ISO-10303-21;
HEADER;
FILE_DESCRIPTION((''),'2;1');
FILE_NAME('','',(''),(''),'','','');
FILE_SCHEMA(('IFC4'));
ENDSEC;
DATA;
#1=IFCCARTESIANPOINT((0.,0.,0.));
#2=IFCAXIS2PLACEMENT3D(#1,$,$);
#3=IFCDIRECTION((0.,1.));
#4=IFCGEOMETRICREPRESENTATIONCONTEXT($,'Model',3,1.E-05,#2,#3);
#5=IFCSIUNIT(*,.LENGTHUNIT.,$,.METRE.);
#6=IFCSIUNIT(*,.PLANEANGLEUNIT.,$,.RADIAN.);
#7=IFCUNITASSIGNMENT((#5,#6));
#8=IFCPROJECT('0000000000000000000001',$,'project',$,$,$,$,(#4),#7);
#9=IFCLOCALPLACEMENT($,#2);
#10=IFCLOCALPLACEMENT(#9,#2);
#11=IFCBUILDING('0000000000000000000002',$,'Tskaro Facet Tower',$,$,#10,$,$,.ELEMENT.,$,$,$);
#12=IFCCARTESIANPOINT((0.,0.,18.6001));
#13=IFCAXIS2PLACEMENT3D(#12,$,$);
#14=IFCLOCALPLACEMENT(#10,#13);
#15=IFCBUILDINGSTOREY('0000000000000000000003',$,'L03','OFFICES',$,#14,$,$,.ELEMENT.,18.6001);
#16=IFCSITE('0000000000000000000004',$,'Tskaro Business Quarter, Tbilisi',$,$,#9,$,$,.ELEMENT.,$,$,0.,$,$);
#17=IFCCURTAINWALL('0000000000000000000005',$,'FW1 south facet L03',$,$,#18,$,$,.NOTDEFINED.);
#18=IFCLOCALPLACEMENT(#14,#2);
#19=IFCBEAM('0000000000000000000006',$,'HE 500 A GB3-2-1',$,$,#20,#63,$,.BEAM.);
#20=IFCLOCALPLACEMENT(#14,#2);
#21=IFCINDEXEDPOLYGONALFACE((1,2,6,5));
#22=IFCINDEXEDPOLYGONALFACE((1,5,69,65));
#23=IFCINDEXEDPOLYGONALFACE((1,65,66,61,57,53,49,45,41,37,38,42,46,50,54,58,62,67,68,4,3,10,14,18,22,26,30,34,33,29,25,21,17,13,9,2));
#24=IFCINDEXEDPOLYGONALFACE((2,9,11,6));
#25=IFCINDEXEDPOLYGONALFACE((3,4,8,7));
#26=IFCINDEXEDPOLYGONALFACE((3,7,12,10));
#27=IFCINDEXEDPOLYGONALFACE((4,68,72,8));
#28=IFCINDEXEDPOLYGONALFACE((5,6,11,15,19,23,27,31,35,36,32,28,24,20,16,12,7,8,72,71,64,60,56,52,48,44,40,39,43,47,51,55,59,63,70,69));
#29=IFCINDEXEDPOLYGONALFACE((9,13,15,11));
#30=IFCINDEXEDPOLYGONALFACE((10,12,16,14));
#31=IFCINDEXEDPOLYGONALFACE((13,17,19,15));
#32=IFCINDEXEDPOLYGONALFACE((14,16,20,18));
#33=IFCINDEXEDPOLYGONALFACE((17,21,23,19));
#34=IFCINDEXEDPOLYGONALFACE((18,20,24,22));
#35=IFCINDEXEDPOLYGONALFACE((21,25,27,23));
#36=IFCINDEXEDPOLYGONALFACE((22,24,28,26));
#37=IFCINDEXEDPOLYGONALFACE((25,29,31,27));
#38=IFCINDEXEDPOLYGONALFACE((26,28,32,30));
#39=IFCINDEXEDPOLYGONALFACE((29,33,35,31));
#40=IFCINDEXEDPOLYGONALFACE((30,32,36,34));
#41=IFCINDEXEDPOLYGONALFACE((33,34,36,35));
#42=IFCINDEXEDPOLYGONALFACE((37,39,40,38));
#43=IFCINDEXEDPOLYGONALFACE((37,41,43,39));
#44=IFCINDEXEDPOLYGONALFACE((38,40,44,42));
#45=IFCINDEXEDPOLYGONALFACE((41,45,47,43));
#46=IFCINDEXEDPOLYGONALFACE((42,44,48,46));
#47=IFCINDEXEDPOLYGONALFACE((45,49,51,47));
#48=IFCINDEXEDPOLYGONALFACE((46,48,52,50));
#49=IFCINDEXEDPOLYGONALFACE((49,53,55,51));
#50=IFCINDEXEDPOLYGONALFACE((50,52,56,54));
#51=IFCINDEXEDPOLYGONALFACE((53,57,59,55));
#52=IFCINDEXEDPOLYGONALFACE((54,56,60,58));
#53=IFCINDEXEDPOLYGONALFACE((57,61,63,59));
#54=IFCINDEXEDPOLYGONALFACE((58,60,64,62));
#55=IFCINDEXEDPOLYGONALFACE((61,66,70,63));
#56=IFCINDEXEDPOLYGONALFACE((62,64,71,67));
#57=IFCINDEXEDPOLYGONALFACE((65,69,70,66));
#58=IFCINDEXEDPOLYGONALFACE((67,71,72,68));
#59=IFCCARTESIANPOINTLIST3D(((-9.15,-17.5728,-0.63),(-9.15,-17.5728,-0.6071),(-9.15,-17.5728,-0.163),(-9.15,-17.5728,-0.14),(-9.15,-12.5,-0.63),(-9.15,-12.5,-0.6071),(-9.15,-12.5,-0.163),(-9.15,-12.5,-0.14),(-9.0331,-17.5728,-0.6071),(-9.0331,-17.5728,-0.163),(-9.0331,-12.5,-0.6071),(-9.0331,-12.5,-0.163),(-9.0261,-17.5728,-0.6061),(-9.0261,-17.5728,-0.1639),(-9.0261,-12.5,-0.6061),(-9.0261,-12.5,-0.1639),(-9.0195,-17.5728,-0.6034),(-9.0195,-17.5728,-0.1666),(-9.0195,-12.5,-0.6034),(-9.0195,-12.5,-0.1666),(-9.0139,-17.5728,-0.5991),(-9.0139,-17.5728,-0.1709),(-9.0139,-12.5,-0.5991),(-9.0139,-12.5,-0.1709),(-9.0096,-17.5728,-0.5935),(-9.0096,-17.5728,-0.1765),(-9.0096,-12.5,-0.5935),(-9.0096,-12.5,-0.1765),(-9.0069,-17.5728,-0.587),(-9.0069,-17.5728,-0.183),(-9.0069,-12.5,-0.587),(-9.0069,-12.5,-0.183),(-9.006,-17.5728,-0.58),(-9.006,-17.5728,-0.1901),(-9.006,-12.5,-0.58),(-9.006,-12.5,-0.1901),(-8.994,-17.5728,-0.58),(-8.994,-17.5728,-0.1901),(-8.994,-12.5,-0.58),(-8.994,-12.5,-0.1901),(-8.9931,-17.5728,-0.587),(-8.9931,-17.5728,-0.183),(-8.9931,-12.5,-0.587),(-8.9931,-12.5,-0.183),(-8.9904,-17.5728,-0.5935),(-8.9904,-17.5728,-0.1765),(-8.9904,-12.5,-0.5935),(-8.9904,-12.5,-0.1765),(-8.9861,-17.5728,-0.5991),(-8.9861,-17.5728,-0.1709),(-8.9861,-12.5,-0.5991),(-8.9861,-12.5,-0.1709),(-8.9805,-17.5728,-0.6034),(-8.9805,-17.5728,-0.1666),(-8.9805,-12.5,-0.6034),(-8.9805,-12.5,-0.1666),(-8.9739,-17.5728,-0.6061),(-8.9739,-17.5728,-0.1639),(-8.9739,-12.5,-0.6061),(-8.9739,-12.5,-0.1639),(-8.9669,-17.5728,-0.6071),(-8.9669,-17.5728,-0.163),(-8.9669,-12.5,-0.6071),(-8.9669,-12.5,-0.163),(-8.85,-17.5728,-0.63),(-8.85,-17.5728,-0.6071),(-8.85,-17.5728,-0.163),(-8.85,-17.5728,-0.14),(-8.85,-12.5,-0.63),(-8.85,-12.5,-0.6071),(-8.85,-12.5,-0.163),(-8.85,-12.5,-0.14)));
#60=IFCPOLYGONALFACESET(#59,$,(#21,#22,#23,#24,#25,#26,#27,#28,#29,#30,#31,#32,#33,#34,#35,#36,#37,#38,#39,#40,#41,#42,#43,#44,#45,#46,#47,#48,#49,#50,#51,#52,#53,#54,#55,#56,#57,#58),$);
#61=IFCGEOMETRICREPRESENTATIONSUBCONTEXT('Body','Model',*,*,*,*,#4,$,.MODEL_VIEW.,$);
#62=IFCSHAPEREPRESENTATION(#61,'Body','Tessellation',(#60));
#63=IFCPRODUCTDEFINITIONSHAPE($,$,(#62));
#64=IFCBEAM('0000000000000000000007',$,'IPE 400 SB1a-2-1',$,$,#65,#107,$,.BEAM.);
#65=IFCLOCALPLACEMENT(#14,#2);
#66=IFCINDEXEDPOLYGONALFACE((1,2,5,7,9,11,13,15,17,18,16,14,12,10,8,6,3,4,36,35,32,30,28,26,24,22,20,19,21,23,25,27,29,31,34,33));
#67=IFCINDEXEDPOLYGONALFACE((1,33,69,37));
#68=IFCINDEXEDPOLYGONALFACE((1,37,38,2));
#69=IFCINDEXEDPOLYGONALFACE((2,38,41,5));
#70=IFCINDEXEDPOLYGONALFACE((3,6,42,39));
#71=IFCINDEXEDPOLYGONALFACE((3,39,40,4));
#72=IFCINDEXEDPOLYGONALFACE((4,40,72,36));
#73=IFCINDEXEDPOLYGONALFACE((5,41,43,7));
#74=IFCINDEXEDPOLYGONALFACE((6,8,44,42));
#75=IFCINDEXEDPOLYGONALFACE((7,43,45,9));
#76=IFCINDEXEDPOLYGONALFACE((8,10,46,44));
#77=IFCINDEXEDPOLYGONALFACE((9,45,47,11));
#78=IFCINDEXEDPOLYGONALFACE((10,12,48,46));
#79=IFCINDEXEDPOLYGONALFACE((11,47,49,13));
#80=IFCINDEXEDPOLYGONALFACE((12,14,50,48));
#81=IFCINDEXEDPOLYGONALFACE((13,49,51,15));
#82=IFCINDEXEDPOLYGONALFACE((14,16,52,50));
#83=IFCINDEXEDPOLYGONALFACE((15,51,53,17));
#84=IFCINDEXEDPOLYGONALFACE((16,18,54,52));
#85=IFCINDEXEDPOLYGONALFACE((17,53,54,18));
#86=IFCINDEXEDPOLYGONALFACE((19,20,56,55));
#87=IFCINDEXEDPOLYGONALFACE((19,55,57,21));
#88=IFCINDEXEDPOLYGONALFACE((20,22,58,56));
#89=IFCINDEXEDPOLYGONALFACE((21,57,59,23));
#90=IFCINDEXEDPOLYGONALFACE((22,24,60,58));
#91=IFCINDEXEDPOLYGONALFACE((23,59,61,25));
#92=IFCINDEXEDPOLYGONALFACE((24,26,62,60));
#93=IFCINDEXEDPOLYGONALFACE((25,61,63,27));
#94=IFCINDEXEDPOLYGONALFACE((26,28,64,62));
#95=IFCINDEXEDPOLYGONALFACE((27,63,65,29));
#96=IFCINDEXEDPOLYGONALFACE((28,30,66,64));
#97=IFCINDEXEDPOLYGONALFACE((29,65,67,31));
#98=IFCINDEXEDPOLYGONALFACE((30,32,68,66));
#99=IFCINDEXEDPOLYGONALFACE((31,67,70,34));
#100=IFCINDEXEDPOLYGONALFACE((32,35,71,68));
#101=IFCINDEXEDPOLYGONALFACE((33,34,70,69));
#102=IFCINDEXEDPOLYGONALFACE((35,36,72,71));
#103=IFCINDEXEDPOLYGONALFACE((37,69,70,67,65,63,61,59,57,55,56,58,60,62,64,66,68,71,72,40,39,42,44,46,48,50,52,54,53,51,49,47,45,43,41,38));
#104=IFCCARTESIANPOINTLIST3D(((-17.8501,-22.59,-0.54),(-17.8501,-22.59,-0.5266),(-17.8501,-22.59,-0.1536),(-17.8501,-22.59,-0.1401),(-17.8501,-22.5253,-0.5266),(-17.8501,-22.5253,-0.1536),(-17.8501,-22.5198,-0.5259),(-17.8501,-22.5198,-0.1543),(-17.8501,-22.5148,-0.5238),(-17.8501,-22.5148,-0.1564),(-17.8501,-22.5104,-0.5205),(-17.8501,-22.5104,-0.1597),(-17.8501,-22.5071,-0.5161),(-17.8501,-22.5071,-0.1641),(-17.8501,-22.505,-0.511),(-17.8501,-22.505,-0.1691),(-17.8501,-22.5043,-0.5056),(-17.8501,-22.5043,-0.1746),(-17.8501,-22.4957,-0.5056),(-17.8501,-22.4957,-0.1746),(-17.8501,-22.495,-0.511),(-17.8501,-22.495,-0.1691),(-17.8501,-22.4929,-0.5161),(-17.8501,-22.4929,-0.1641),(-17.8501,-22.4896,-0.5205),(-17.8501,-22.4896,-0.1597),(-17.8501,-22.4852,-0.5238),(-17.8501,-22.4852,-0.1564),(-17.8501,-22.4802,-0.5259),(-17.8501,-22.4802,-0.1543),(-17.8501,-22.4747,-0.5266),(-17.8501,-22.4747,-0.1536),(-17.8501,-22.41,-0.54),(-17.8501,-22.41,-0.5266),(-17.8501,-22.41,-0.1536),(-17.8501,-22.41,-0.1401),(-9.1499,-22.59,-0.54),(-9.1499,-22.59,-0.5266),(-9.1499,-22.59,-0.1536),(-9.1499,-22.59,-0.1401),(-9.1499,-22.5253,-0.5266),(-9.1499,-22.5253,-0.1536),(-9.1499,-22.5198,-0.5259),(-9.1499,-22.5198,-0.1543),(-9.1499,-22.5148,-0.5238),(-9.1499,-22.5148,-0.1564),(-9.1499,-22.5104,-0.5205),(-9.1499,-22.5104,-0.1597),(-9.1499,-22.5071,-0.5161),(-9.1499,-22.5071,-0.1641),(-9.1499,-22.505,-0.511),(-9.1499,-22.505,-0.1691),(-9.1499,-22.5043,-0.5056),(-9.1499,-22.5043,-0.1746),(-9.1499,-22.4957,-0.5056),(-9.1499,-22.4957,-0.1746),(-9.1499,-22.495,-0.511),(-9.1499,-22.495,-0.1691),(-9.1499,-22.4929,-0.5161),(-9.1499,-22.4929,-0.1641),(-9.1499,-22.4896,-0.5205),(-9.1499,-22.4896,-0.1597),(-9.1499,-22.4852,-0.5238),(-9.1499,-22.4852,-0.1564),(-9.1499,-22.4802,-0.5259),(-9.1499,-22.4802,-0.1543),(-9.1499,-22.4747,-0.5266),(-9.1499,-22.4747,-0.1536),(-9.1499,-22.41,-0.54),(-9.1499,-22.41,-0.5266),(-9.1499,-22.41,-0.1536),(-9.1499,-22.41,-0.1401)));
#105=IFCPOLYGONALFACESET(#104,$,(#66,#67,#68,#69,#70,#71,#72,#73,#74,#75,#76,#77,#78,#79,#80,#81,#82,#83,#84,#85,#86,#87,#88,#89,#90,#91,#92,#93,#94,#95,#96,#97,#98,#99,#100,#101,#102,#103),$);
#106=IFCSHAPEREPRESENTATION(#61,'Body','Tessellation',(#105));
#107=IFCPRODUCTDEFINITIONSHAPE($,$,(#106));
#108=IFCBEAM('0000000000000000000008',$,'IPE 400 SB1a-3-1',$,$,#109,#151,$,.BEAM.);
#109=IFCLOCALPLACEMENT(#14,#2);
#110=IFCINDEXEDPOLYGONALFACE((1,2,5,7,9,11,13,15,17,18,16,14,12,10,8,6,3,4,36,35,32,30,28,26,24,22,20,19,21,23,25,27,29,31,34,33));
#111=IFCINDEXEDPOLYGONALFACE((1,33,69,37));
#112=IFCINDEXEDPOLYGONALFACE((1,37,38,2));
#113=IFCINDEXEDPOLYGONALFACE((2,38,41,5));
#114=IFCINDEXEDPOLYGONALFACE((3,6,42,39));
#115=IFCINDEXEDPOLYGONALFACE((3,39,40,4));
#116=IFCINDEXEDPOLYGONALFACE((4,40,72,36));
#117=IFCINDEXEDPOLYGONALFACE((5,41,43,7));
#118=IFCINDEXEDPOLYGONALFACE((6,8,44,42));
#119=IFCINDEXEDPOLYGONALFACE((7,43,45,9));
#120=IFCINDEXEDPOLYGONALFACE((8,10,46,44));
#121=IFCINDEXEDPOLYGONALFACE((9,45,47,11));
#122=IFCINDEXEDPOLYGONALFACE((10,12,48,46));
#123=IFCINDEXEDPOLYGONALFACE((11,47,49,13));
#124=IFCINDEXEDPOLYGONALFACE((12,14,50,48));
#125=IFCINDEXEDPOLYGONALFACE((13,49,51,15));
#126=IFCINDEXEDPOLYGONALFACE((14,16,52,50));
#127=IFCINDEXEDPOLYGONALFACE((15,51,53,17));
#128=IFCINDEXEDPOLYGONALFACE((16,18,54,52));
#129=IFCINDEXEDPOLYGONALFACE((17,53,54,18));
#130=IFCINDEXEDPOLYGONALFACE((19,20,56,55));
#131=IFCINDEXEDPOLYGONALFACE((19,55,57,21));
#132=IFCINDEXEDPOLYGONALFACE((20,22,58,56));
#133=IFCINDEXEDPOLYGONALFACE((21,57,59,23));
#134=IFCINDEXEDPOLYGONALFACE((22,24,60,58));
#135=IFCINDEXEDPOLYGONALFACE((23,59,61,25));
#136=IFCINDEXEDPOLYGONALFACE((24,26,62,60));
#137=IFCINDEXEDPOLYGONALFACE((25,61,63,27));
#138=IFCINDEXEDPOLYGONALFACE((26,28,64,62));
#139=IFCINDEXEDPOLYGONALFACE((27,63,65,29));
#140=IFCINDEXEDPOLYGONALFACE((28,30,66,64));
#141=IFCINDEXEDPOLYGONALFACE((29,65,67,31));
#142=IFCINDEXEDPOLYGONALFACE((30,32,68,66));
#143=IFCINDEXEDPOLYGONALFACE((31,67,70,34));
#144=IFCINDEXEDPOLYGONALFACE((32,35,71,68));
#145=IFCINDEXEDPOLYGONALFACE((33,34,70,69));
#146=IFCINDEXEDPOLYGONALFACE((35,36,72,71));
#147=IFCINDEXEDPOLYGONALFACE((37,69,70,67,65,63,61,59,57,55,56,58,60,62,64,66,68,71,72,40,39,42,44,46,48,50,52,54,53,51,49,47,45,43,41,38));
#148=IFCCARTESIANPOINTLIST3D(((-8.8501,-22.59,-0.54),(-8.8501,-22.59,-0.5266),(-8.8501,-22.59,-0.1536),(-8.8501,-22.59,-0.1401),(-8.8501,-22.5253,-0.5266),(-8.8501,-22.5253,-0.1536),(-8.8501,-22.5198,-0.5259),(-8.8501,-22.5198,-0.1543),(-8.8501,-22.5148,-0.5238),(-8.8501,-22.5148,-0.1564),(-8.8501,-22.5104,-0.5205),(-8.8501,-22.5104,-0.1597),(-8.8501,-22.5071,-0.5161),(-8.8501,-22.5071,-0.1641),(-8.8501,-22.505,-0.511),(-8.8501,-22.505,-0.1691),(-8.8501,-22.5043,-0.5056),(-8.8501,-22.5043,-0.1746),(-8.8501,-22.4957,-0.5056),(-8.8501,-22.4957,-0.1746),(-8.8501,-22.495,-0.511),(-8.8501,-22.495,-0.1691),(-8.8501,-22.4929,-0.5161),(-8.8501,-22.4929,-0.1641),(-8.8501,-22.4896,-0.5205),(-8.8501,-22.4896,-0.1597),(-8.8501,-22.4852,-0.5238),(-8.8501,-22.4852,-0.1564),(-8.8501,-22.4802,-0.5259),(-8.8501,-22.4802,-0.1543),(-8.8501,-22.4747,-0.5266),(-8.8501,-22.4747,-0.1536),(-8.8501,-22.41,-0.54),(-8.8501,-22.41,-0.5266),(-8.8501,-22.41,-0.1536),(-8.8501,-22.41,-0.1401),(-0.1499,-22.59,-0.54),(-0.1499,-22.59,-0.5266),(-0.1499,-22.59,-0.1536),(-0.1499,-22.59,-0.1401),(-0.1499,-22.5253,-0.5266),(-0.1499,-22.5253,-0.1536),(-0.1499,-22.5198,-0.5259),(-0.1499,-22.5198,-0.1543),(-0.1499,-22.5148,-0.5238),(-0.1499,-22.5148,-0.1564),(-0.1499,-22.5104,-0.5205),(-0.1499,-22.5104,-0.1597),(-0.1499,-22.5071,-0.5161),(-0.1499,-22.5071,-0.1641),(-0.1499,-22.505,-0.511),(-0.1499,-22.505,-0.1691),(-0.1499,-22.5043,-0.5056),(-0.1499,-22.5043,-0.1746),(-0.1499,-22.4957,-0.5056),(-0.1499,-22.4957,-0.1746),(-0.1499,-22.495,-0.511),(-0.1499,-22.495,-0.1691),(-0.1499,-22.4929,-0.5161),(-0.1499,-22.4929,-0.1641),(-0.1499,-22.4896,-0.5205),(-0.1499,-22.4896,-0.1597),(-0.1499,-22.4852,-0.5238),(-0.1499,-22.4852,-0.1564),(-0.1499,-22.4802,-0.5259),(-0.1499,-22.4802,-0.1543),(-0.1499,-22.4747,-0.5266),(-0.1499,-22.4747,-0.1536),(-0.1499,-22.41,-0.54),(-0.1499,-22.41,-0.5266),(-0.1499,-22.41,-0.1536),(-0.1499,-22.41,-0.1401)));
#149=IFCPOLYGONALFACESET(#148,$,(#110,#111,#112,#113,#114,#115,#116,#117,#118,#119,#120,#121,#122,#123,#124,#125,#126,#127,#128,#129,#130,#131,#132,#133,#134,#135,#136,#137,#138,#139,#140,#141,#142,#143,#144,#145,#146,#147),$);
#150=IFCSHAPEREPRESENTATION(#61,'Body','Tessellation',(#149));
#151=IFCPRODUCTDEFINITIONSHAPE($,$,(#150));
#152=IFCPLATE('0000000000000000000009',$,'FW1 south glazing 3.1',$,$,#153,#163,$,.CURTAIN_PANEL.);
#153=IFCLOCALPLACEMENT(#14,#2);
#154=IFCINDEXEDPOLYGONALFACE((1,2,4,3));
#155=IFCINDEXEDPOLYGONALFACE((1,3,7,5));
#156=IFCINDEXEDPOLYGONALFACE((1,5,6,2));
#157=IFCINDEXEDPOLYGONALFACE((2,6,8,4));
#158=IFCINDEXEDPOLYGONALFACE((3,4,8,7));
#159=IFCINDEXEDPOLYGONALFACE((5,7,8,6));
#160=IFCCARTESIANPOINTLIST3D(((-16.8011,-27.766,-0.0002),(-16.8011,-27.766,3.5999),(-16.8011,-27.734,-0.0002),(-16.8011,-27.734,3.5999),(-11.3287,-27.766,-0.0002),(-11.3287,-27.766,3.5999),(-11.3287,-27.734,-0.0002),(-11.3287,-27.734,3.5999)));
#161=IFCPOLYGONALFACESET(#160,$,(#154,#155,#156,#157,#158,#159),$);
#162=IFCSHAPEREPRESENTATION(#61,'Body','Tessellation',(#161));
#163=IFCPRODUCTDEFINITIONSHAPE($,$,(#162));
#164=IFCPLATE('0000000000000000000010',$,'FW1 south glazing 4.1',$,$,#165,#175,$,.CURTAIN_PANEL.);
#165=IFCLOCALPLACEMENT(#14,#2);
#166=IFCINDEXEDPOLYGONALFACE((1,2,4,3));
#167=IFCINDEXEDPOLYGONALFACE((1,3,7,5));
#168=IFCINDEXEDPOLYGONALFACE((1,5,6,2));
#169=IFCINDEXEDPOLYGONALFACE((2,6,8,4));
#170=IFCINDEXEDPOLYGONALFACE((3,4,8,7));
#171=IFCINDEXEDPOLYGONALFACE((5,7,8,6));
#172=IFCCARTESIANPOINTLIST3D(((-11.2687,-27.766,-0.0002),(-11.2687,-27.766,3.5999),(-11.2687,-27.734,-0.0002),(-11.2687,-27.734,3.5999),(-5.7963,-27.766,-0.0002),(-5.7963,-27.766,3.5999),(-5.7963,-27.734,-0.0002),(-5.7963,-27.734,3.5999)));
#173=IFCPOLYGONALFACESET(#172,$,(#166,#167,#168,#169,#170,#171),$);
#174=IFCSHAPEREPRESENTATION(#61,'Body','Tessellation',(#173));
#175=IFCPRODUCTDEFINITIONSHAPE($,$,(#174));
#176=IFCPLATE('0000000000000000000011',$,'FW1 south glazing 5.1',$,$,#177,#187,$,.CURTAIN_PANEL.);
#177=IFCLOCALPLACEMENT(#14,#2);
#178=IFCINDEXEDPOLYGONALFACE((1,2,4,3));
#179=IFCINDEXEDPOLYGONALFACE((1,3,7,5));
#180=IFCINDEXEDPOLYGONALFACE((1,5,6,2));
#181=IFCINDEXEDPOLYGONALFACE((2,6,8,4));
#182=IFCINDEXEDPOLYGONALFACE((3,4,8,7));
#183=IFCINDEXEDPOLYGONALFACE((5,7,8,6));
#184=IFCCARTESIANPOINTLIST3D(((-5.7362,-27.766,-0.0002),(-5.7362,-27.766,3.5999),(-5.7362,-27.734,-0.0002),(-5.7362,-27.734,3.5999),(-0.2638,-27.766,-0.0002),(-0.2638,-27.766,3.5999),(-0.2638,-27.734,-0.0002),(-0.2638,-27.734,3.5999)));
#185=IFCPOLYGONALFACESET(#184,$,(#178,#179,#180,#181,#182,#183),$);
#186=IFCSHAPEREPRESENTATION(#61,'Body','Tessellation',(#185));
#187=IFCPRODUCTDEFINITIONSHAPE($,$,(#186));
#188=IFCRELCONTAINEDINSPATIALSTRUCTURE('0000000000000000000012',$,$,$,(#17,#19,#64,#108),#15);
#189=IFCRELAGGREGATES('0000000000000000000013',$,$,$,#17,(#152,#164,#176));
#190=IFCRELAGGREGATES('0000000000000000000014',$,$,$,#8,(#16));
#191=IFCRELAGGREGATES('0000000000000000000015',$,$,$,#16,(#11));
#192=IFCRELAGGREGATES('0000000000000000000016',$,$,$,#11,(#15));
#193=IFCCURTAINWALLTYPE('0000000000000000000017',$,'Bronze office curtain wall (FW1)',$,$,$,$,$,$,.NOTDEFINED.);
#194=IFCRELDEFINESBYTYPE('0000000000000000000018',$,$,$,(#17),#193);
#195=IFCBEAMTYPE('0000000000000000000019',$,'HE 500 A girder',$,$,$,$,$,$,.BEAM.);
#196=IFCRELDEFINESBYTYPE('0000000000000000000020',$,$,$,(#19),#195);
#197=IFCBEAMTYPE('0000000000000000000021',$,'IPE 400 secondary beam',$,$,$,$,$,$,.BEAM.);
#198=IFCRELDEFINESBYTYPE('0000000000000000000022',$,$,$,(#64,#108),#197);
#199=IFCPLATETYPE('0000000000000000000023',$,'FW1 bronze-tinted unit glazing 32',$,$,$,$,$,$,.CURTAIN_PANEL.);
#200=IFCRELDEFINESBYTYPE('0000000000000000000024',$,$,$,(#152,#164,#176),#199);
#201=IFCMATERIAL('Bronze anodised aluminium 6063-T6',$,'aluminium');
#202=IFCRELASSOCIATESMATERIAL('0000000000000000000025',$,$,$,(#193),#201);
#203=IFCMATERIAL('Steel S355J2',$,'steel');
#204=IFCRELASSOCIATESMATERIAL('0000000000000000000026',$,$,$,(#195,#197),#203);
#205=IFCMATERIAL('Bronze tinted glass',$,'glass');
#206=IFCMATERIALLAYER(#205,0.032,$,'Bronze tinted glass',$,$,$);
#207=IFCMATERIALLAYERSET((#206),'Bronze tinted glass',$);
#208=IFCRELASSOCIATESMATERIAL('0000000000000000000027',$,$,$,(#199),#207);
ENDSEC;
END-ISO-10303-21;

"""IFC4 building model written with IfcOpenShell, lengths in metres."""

from ifc_helpers import new_model, si_unit, direction, frame, origin, origin_2d, place, context, subcontext, project, spatial, rectangle, i_section, extrude, material, layer, layer_set, material_profile, profile_set, type_object, element, aggregate, save


model = new_model("IFC4")

# Units and contexts
model_context = context("Model", 3, precision=1e-05, world=origin(), true_north=direction((0.0, 1.0)))
body_context = subcontext(model_context, "Body", "Model", "MODEL_VIEW")
ifc_project = project(units=[si_unit("LENGTHUNIT", "METRE"), si_unit("PLANEANGLEUNIT", "RADIAN")], contexts=[model_context])

# Site, building, storey
site_placement = place(None, origin())
site = spatial("IfcSite", under=ifc_project, at=site_placement, Name="Tskaro Business Quarter, Tbilisi", CompositionType="ELEMENT", RefElevation=0.0)
building_placement = place(site_placement, origin())
building = spatial("IfcBuilding", under=site, at=building_placement, Name="Tskaro Facet Tower", CompositionType="ELEMENT")
storey_placement = place(building_placement, frame((0.0, 0.0, 18.6001)))
storey = spatial("IfcBuildingStorey", under=building, at=storey_placement, Name="L03", Description="OFFICES", CompositionType="ELEMENT", Elevation=18.6001)

# Curtain wall
ifc_material_1 = material(Name="Bronze anodised aluminium 6063-T6", Category="aluminium")
curtain_wall_type = type_object("IfcCurtainWallType", Name="Bronze office curtain wall (FW1)", PredefinedType="NOTDEFINED", material=ifc_material_1)
curtain_wall_placement = place(storey_placement, origin())
curtain_wall = element("IfcCurtainWall", 1, at=curtain_wall_placement, inside=storey, type_object=curtain_wall_type, Name="FW1 south facet L03", PredefinedType="NOTDEFINED")

# Beams
ifc_material_2 = material(Name="Steel S355J2", Category="steel")
ifc_material_profile_1 = material_profile(ifc_material_2, i_section(OverallWidth=0.3, OverallDepth=0.49, WebThickness=0.012, FlangeThickness=0.0229, FilletRadius=0.0271, at=origin_2d()), Name="HE 500 A")
ifc_profile_set_1 = profile_set([ifc_material_profile_1], Name="Steel S355J2")
beam_type_1 = type_object("IfcBeamType", Name="HE 500 A girder", PredefinedType="BEAM", material=ifc_profile_set_1)
beam_1_placement = place(storey_placement, frame((-9.0, -17.5728, -0.385), z_axis=(0.0, 1.0, 0.0), x_axis=(-1.0, 0.0, 0.0)))
element("IfcBeam", 2, at=beam_1_placement, inside=storey, type_object=beam_type_1, Name="HE 500 A GB3-2-1", PredefinedType="BEAM", context=body_context, shape_type="SweptSolid", body=[
    extrude(i_section(OverallWidth=0.3, OverallDepth=0.49, WebThickness=0.012, FlangeThickness=0.0229, FilletRadius=0.0271, at=origin_2d()), origin(), (0.0, 0.0, 1.0), 5.0728),
])
ifc_material_profile_2 = material_profile(ifc_material_2, i_section(OverallWidth=0.1799, OverallDepth=0.3999, WebThickness=0.0085, FlangeThickness=0.0134, FilletRadius=0.021, at=origin_2d()), Name="IPE 400")
ifc_profile_set_2 = profile_set([ifc_material_profile_2], Name="Steel S355J2")
beam_type_2 = type_object("IfcBeamType", Name="IPE 400 secondary beam", PredefinedType="BEAM", material=ifc_profile_set_2)
for number, where, z_axis, x_axis, name in (
    (3, (-17.8501, -22.5, -0.3401), (1.0, 0.0, 0.0), (0.0, 1.0, 0.0), "IPE 400 SB1a-2-1"),
    (4, (-8.8501, -22.5, -0.3401), (1.0, 0.0, 0.0), (0.0, 1.0, 0.0), "IPE 400 SB1a-3-1"),
):
    element("IfcBeam", number, at=place(storey_placement, frame(where, z_axis=z_axis, x_axis=x_axis)), inside=storey, type_object=beam_type_2, Name=name, PredefinedType="BEAM", context=body_context, shape_type="SweptSolid", body=[
        extrude(i_section(OverallWidth=0.1799, OverallDepth=0.3999, WebThickness=0.0085, FlangeThickness=0.0134, FilletRadius=0.021, at=origin_2d()), origin(), (0.0, 0.0, 1.0), 8.7002),
    ])

# Plates
ifc_material_3 = material(Name="Bronze tinted glass", Category="glass")
ifc_layer_1 = layer(ifc_material_3, 0.032, Name="Bronze tinted glass")
ifc_layer_set_1 = layer_set([ifc_layer_1], Name="Bronze tinted glass")
plate_type = type_object("IfcPlateType", Name="FW1 bronze-tinted unit glazing 32", PredefinedType="CURTAIN_PANEL", material=ifc_layer_set_1)
plate_1_placement = place(storey_placement, frame((-14.0649, -27.75, -0.0002), z_axis=(0.0, 0.0, 1.0), x_axis=(1.0, 0.0, 0.0)))
plate_1 = element("IfcPlate", 5, at=plate_1_placement, type_object=plate_type, Name="FW1 south glazing 3.1", PredefinedType="CURTAIN_PANEL", context=body_context, shape_type="SweptSolid", body=[
    extrude(rectangle(XDim=5.4724, YDim=0.032, at=origin_2d()), origin(), (0.0, 0.0, 1.0), 3.6001),
])
plate_2_placement = place(storey_placement, frame((-8.5325, -27.75, -0.0002), z_axis=(0.0, 0.0, 1.0), x_axis=(1.0, 0.0, 0.0)))
plate_2 = element("IfcPlate", 6, at=plate_2_placement, type_object=plate_type, Name="FW1 south glazing 4.1", PredefinedType="CURTAIN_PANEL", context=body_context, shape_type="SweptSolid", body=[
    extrude(rectangle(XDim=5.4724, YDim=0.032, at=origin_2d()), origin(), (0.0, 0.0, 1.0), 3.6001),
])
plate_3_placement = place(storey_placement, frame((-3.0, -27.75, -0.0002), z_axis=(0.0, 0.0, 1.0), x_axis=(1.0, 0.0, 0.0)))
plate_3 = element("IfcPlate", 7, at=plate_3_placement, type_object=plate_type, Name="FW1 south glazing 5.1", PredefinedType="CURTAIN_PANEL", context=body_context, shape_type="SweptSolid", body=[
    extrude(rectangle(XDim=5.4724, YDim=0.032, at=origin_2d()), origin(), (0.0, 0.0, 1.0), 3.6001),
])
aggregate(curtain_wall, [plate_1, plate_2, plate_3])

save(model, "model.ifc")
